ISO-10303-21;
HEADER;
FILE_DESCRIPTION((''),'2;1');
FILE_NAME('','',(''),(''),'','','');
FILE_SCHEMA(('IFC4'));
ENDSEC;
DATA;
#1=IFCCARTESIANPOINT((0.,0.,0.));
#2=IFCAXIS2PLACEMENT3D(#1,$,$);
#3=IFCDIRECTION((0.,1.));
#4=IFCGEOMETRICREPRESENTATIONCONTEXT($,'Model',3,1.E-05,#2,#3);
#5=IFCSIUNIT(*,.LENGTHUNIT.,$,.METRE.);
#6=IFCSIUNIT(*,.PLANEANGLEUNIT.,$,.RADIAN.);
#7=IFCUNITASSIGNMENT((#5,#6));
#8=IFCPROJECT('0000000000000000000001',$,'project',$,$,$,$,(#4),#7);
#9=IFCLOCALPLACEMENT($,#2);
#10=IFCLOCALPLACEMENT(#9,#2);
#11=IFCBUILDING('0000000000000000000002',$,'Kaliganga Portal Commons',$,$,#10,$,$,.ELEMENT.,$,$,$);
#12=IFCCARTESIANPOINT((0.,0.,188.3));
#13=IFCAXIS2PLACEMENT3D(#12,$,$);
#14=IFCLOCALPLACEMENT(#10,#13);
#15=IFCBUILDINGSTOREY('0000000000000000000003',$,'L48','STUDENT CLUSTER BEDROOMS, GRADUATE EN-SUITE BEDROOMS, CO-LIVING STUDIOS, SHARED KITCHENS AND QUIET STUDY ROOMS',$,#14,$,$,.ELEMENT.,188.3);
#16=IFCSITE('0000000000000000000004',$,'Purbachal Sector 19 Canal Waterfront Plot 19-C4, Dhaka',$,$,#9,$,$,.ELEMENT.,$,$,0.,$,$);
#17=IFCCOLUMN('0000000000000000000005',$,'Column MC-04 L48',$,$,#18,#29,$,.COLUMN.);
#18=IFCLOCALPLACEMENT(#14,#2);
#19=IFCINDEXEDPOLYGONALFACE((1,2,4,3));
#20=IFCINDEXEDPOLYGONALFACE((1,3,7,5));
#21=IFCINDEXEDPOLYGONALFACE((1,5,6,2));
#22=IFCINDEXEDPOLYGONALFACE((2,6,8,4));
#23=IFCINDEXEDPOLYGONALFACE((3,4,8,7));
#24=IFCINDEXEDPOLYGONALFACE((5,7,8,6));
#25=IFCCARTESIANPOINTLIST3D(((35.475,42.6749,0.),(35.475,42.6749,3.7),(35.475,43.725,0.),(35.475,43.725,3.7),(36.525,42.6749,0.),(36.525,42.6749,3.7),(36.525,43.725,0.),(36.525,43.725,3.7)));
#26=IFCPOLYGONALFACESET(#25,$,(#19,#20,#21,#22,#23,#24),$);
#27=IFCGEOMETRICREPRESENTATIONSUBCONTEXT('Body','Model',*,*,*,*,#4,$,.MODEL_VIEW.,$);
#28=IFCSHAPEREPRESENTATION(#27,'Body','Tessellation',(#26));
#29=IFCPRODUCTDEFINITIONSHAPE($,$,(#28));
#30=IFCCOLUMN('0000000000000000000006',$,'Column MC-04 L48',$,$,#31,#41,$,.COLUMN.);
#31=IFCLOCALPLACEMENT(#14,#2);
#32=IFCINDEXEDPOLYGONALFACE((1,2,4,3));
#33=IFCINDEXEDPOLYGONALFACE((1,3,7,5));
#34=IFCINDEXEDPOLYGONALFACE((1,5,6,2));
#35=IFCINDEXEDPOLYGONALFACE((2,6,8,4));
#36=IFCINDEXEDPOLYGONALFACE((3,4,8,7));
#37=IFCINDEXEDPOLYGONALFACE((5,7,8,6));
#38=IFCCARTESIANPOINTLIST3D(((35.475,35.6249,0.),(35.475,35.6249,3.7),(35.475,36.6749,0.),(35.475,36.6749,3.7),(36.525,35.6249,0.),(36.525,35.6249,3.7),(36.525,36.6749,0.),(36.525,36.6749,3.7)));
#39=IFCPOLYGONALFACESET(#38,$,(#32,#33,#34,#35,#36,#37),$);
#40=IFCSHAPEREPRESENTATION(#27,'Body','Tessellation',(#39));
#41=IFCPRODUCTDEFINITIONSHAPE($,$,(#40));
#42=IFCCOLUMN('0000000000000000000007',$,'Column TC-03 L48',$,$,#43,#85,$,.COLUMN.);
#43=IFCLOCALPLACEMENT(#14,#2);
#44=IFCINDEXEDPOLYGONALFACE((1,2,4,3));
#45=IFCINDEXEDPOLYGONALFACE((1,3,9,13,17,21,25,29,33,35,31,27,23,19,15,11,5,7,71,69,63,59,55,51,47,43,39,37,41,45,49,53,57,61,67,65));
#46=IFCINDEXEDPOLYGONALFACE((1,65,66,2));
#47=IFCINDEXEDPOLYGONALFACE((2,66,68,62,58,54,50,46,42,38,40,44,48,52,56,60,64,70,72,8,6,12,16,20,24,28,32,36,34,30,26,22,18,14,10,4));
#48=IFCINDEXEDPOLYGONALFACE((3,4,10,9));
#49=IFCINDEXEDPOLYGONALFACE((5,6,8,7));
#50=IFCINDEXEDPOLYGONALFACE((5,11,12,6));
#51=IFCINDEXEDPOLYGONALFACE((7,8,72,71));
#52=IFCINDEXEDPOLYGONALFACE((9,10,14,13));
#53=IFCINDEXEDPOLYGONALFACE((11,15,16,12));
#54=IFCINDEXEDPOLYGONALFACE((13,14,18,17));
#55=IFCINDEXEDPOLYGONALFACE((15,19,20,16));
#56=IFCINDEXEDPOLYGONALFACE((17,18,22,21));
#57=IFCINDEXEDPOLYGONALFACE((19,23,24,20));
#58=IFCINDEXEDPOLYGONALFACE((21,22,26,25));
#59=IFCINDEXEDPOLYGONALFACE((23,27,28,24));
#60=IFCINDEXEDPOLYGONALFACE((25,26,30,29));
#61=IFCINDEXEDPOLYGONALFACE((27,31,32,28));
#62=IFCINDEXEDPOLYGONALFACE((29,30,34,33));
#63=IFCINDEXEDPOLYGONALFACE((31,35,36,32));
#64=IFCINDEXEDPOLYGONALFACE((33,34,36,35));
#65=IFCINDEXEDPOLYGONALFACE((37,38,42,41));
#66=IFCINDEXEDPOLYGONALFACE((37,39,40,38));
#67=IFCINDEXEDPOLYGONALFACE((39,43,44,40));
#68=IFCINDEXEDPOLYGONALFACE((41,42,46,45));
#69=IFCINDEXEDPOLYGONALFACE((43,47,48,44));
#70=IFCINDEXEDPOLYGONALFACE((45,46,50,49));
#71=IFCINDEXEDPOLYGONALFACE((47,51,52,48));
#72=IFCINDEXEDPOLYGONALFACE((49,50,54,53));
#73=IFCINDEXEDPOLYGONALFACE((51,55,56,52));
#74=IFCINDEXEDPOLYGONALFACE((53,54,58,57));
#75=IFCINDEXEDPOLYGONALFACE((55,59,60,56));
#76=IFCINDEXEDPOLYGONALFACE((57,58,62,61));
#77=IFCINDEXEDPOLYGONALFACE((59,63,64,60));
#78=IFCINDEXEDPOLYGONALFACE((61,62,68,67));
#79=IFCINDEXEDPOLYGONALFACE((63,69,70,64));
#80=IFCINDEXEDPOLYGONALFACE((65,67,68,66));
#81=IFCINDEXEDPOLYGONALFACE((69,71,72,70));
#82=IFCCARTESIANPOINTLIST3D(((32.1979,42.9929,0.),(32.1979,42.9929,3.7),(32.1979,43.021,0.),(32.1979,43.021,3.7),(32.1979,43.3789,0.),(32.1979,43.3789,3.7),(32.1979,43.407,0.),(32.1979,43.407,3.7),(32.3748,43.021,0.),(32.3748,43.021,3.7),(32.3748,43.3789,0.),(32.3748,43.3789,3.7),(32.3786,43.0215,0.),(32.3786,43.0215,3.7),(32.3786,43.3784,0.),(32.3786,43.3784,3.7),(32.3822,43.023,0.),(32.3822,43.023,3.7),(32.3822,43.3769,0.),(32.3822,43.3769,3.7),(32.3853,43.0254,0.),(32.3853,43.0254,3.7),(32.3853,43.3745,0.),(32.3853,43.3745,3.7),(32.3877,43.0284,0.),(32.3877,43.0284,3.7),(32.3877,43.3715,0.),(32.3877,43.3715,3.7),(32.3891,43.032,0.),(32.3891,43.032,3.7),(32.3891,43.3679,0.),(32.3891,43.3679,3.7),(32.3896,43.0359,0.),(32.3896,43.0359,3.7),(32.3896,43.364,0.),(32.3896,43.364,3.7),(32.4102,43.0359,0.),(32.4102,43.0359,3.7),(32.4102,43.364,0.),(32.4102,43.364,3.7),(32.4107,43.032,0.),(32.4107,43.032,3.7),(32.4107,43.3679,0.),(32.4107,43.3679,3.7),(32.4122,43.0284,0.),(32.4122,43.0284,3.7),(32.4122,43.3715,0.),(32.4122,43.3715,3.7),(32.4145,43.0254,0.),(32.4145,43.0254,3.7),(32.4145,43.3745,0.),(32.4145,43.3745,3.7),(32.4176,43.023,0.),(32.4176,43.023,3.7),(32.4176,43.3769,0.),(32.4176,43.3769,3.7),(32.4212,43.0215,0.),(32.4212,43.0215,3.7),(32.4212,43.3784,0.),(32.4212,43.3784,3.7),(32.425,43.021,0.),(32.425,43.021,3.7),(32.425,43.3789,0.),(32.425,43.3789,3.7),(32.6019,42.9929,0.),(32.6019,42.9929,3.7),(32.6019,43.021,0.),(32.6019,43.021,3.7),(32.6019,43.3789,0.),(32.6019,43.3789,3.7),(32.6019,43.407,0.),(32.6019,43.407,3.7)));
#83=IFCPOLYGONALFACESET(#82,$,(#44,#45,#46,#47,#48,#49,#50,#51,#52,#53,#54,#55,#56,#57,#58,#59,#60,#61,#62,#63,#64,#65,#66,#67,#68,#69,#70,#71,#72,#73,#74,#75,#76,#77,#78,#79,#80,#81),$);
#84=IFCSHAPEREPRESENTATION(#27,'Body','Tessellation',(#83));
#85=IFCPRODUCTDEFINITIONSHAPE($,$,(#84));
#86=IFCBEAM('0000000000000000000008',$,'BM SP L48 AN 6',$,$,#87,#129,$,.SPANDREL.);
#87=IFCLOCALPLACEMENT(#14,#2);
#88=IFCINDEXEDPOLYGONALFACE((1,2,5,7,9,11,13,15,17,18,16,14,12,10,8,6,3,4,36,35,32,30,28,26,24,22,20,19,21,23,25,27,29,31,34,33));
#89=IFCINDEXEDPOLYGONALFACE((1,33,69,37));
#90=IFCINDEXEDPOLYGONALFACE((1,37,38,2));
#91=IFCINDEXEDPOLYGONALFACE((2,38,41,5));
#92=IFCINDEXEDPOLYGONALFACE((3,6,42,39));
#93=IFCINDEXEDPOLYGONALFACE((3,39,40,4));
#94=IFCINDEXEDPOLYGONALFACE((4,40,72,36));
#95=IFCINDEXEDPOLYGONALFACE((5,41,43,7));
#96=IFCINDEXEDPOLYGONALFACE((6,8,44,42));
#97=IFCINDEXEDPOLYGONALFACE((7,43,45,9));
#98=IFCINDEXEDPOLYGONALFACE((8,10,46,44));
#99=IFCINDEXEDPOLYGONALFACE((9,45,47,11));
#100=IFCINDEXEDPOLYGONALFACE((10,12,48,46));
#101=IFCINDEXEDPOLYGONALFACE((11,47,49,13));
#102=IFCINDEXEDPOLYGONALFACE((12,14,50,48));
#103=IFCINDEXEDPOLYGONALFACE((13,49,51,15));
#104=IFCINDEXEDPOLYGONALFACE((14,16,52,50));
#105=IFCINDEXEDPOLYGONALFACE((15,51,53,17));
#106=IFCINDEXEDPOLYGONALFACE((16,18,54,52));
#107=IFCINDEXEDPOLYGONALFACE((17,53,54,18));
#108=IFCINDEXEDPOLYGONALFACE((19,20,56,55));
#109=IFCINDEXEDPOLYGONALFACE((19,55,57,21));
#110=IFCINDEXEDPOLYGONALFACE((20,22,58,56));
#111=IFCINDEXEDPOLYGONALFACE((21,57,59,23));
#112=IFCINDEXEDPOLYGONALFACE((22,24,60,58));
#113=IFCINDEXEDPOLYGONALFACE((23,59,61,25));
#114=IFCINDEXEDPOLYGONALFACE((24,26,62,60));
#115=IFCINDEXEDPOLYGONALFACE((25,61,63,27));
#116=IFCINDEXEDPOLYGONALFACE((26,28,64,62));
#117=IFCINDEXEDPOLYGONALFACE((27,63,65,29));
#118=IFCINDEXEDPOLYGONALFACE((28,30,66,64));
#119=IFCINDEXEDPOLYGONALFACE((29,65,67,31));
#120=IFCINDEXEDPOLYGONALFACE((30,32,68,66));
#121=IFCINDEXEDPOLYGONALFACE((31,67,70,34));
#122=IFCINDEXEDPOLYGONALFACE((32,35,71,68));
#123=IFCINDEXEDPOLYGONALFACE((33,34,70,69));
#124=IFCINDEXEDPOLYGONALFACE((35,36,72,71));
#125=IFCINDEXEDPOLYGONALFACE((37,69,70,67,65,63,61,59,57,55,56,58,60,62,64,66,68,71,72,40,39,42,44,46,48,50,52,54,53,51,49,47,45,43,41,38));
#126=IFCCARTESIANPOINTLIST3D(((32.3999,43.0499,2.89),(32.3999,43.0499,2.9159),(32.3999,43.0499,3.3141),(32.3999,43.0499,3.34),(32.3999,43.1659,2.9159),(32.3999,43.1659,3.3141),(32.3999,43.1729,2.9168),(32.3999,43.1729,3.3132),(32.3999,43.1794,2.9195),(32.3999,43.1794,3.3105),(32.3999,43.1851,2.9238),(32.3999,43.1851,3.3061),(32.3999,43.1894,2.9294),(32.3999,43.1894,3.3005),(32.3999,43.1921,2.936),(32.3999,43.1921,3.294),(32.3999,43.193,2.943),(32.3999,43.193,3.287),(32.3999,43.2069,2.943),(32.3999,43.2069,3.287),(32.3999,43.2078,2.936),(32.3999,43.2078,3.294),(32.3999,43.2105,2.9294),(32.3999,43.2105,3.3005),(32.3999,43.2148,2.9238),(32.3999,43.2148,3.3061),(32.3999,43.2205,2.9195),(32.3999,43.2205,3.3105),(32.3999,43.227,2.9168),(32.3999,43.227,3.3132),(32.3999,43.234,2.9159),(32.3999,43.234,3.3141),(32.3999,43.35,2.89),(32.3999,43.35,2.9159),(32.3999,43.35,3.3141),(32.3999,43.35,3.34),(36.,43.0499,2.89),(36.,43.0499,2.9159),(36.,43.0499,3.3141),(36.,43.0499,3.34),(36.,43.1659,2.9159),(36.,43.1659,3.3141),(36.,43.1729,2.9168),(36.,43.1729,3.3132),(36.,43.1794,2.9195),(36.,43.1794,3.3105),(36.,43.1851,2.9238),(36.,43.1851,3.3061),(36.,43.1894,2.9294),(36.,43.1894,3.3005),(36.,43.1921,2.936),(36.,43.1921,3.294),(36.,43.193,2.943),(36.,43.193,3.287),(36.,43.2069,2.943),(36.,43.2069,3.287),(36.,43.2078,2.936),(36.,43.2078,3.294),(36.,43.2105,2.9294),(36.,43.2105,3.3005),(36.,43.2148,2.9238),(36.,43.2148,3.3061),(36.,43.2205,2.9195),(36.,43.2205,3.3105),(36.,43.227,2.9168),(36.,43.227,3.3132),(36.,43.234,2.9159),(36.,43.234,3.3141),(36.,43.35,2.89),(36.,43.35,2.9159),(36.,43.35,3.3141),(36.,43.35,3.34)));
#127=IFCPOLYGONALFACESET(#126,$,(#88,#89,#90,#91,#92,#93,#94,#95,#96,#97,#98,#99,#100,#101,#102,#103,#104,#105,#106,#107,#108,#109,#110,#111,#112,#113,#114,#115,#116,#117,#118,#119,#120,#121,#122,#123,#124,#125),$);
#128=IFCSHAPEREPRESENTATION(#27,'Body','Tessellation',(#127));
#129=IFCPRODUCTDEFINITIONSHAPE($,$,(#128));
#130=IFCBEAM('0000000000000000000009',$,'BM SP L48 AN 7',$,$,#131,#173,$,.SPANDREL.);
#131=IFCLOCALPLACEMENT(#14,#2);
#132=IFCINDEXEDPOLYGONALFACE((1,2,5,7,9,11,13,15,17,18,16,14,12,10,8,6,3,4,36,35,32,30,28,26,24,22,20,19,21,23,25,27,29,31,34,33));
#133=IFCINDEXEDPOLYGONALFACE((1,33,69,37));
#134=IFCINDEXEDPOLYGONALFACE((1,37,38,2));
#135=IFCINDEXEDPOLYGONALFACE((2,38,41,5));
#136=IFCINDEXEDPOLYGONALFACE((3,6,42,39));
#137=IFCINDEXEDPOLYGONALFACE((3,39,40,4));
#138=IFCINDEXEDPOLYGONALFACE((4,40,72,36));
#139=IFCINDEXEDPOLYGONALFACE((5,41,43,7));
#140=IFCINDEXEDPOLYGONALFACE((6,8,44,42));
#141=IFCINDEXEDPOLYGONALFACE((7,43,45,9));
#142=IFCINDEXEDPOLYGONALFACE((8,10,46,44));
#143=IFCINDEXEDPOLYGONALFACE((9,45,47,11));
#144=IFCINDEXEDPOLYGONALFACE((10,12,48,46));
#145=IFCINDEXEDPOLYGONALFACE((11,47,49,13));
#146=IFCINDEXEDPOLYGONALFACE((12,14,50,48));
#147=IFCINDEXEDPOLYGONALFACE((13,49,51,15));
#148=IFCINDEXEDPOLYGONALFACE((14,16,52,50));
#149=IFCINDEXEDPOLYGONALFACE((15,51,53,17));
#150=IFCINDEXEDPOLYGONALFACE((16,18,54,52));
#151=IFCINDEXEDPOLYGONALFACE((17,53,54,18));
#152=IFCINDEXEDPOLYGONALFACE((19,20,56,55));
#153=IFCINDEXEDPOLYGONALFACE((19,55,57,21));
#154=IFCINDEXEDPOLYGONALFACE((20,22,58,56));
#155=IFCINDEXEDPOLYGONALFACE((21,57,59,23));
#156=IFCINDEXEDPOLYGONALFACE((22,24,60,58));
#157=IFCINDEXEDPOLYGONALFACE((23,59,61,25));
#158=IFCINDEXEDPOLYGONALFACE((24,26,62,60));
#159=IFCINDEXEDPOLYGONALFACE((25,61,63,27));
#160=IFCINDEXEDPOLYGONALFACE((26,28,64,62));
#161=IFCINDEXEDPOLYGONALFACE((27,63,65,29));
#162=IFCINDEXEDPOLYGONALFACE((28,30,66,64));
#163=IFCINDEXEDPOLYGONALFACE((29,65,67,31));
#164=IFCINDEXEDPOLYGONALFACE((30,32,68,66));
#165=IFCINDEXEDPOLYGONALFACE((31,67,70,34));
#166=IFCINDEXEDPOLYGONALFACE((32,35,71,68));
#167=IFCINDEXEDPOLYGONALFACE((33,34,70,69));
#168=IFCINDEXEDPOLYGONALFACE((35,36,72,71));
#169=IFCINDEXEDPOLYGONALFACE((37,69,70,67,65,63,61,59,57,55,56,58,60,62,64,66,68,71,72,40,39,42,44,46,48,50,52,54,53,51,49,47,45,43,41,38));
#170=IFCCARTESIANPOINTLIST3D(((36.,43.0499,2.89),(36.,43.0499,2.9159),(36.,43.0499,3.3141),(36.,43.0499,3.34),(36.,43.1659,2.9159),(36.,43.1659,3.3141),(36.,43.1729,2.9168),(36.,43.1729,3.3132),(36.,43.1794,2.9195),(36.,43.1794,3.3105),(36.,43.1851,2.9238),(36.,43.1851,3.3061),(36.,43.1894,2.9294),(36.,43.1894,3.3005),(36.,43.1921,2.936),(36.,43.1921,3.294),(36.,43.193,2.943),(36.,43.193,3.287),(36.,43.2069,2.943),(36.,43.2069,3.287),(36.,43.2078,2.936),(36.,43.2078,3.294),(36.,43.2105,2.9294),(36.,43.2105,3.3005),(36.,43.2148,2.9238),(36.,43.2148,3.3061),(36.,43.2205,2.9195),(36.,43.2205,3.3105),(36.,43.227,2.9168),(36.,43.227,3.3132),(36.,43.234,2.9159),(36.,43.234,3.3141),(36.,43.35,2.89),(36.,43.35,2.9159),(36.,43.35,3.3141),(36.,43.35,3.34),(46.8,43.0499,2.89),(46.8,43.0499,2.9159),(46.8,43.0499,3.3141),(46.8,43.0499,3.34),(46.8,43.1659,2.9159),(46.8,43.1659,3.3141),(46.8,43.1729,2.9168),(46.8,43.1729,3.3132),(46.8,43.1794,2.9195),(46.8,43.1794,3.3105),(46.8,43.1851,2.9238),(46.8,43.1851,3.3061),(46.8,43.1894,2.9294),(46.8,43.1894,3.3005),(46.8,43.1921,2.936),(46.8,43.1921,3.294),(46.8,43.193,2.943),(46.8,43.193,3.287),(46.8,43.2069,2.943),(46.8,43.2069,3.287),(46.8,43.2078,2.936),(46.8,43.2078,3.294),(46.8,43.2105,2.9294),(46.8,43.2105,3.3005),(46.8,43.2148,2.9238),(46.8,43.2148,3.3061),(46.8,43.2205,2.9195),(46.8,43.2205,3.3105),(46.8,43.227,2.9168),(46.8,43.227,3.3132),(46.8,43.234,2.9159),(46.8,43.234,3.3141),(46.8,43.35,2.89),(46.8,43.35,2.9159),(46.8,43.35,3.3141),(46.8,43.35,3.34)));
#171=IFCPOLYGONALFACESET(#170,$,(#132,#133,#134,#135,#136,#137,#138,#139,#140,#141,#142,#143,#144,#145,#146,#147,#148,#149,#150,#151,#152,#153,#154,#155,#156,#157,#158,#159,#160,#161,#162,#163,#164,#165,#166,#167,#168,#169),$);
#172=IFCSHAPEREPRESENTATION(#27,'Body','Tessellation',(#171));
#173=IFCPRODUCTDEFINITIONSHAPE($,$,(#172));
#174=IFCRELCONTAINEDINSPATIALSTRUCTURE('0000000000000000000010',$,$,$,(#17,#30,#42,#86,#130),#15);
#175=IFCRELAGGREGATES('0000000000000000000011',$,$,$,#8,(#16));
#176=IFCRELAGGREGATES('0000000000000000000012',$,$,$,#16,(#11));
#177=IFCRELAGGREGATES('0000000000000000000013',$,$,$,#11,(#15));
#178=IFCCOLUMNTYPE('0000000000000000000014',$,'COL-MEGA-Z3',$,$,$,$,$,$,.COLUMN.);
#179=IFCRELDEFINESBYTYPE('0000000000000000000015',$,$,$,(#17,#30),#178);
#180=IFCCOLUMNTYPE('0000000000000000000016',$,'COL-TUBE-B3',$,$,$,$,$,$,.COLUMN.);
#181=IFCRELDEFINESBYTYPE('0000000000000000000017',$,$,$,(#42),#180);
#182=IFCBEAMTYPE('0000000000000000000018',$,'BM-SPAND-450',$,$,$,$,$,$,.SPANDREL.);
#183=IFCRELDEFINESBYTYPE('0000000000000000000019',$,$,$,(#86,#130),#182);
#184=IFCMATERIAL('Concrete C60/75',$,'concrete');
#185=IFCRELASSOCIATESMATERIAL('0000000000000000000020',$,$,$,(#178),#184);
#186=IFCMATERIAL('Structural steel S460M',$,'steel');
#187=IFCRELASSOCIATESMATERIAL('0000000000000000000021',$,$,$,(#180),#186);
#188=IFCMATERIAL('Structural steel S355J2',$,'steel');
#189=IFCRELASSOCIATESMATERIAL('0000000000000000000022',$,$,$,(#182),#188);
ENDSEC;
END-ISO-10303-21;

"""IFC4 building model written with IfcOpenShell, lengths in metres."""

from ifc_helpers import new_model, si_unit, direction, frame, origin, origin_2d, place, context, subcontext, project, spatial, rectangle, i_section, extrude, source, transform, mapped, material, material_profile, profile_set, type_object, element, save


model = new_model("IFC4")

# Units and contexts
model_context = context("Model", 3, precision=1e-05, world=origin(), true_north=direction((0.0, 1.0)))
body_context = subcontext(model_context, "Body", "Model", "MODEL_VIEW")
ifc_project = project(units=[si_unit("LENGTHUNIT", "METRE"), si_unit("PLANEANGLEUNIT", "RADIAN")], contexts=[model_context])

# Site, building, storey
site_placement = place(None, origin())
site = spatial("IfcSite", under=ifc_project, at=site_placement, Name="Purbachal Sector 19 Canal Waterfront Plot 19-C4, Dhaka", CompositionType="ELEMENT", RefElevation=0.0)
building_placement = place(site_placement, origin())
building = spatial("IfcBuilding", under=site, at=building_placement, Name="Kaliganga Portal Commons", CompositionType="ELEMENT")
storey_placement = place(building_placement, frame((0.0, 0.0, 188.3)))
storey = spatial("IfcBuildingStorey", under=building, at=storey_placement, Name="L48", Description="STUDENT CLUSTER BEDROOMS, GRADUATE EN-SUITE BEDROOMS, CO-LIVING STUDIOS, SHARED KITCHENS AND QUIET STUDY ROOMS", CompositionType="ELEMENT", Elevation=188.3)

# Columns
ifc_material_1 = material(Name="Concrete C60/75", Category="concrete")
ifc_material_profile_1 = material_profile(ifc_material_1, rectangle(XDim=1.05, YDim=1.05, at=origin_2d()), Name="RC 1050x1050")
ifc_profile_set_1 = profile_set([ifc_material_profile_1], Name="Concrete C60/75")
column_type_1 = type_object("IfcColumnType", Name="COL-MEGA-Z3", PredefinedType="COLUMN", material=ifc_profile_set_1)
shared_shape_1 = source(origin(), body_context, "Body", "SweptSolid", [
    extrude(rectangle(XDim=1.05, YDim=1.05, at=origin_2d()), origin(), (0.0, 0.0, 1.0), 3.7),
])
for number, where, z_axis, x_axis, name in (
    (1, (36.0, 43.2, 0.0), (0.0, 0.0, 1.0), (1.0, 0.0, 0.0), "Column MC-04 L48"),
    (2, (36.0, 36.1499, 0.0), (0.0, 0.0, 1.0), (1.0, 0.0, 0.0), "Column MC-04 L48"),
):
    element("IfcColumn", number, at=place(storey_placement, frame(where, z_axis=z_axis, x_axis=x_axis)), inside=storey, type_object=column_type_1, Name=name, PredefinedType="COLUMN", context=body_context, shape_type="MappedRepresentation", body=[
        mapped(shared_shape_1, transform((0.0, 0.0, 0.0), x_axis=(1.0, 0.0, 0.0), y_axis=(0.0, 1.0, 0.0), z_axis=(0.0, 0.0, 1.0), scale=1.0)),
    ])
ifc_material_2 = material(Name="Structural steel S460M", Category="steel")
ifc_material_profile_2 = material_profile(ifc_material_2, i_section(OverallWidth=0.4041, OverallDepth=0.4141, WebThickness=0.0205, FlangeThickness=0.0281, FilletRadius=0.0149, at=origin_2d()), Name="HD 400x347")
ifc_profile_set_2 = profile_set([ifc_material_profile_2], Name="Structural steel S460M wide-flange")
column_type_2 = type_object("IfcColumnType", Name="COL-TUBE-B3", PredefinedType="COLUMN", material=ifc_profile_set_2)
shared_shape_2 = source(origin(), body_context, "Body", "SweptSolid", [
    extrude(i_section(OverallWidth=0.4041, OverallDepth=0.4141, WebThickness=0.0205, FlangeThickness=0.0281, FilletRadius=0.0149, at=origin_2d()), origin(), (0.0, 0.0, 1.0), 3.7),
])
column_placement = place(storey_placement, frame((32.3999, 43.2, 0.0), z_axis=(0.0, 0.0, 1.0), x_axis=(1.0, 0.0, 0.0)))
element("IfcColumn", 3, at=column_placement, inside=storey, type_object=column_type_2, Name="Column TC-03 L48", PredefinedType="COLUMN", context=body_context, shape_type="MappedRepresentation", body=[
    mapped(shared_shape_2, transform((0.0, 0.0, 0.0), x_axis=(1.0, 0.0, 0.0), y_axis=(0.0, 1.0, 0.0), z_axis=(0.0, 0.0, 1.0), scale=1.0)),
])

# Beams
ifc_material_3 = material(Name="Structural steel S355J2", Category="steel")
ifc_material_profile_3 = material_profile(ifc_material_3, i_section(OverallWidth=0.3, OverallDepth=0.45, WebThickness=0.0139, FlangeThickness=0.0259, FilletRadius=0.0271, at=origin_2d()), Name="HE 450 B")
ifc_profile_set_3 = profile_set([ifc_material_profile_3], Name="Structural steel S355J2 wide-flange")
beam_type_1 = type_object("IfcBeamType", Name="BM-SPAND-450", PredefinedType="SPANDREL", material=ifc_profile_set_3)
shared_shape_3 = source(origin(), body_context, "Body", "SweptSolid", [
    extrude(i_section(OverallWidth=0.3, OverallDepth=0.45, WebThickness=0.0139, FlangeThickness=0.0259, FilletRadius=0.0271, at=origin_2d()), origin(), (0.0, 0.0, 1.0), 3.6001),
])
beam_1_placement = place(storey_placement, frame((32.3999, 43.2, 3.115), z_axis=(1.0, 0.0, 0.0), x_axis=(0.0, 1.0, 0.0)))
element("IfcBeam", 4, at=beam_1_placement, inside=storey, type_object=beam_type_1, Name="BM SP L48 AN 6", PredefinedType="SPANDREL", context=body_context, shape_type="MappedRepresentation", body=[
    mapped(shared_shape_3, transform((0.0, 0.0, 0.0), x_axis=(1.0, 0.0, 0.0), y_axis=(0.0, 1.0, 0.0), z_axis=(0.0, 0.0, 1.0), scale=1.0)),
])
shared_shape_4 = source(origin(), body_context, "Body", "SweptSolid", [
    extrude(i_section(OverallWidth=0.3, OverallDepth=0.45, WebThickness=0.0139, FlangeThickness=0.0259, FilletRadius=0.0271, at=origin_2d()), origin(), (0.0, 0.0, 1.0), 10.8),
])
beam_2_placement = place(storey_placement, frame((36.0, 43.2, 3.115), z_axis=(1.0, 0.0, 0.0), x_axis=(0.0, 1.0, 0.0)))
element("IfcBeam", 5, at=beam_2_placement, inside=storey, type_object=beam_type_1, Name="BM SP L48 AN 7", PredefinedType="SPANDREL", context=body_context, shape_type="MappedRepresentation", body=[
    mapped(shared_shape_4, transform((0.0, 0.0, 0.0), x_axis=(1.0, 0.0, 0.0), y_axis=(0.0, 1.0, 0.0), z_axis=(0.0, 0.0, 1.0), scale=1.0)),
])

save(model, "model.ifc")
